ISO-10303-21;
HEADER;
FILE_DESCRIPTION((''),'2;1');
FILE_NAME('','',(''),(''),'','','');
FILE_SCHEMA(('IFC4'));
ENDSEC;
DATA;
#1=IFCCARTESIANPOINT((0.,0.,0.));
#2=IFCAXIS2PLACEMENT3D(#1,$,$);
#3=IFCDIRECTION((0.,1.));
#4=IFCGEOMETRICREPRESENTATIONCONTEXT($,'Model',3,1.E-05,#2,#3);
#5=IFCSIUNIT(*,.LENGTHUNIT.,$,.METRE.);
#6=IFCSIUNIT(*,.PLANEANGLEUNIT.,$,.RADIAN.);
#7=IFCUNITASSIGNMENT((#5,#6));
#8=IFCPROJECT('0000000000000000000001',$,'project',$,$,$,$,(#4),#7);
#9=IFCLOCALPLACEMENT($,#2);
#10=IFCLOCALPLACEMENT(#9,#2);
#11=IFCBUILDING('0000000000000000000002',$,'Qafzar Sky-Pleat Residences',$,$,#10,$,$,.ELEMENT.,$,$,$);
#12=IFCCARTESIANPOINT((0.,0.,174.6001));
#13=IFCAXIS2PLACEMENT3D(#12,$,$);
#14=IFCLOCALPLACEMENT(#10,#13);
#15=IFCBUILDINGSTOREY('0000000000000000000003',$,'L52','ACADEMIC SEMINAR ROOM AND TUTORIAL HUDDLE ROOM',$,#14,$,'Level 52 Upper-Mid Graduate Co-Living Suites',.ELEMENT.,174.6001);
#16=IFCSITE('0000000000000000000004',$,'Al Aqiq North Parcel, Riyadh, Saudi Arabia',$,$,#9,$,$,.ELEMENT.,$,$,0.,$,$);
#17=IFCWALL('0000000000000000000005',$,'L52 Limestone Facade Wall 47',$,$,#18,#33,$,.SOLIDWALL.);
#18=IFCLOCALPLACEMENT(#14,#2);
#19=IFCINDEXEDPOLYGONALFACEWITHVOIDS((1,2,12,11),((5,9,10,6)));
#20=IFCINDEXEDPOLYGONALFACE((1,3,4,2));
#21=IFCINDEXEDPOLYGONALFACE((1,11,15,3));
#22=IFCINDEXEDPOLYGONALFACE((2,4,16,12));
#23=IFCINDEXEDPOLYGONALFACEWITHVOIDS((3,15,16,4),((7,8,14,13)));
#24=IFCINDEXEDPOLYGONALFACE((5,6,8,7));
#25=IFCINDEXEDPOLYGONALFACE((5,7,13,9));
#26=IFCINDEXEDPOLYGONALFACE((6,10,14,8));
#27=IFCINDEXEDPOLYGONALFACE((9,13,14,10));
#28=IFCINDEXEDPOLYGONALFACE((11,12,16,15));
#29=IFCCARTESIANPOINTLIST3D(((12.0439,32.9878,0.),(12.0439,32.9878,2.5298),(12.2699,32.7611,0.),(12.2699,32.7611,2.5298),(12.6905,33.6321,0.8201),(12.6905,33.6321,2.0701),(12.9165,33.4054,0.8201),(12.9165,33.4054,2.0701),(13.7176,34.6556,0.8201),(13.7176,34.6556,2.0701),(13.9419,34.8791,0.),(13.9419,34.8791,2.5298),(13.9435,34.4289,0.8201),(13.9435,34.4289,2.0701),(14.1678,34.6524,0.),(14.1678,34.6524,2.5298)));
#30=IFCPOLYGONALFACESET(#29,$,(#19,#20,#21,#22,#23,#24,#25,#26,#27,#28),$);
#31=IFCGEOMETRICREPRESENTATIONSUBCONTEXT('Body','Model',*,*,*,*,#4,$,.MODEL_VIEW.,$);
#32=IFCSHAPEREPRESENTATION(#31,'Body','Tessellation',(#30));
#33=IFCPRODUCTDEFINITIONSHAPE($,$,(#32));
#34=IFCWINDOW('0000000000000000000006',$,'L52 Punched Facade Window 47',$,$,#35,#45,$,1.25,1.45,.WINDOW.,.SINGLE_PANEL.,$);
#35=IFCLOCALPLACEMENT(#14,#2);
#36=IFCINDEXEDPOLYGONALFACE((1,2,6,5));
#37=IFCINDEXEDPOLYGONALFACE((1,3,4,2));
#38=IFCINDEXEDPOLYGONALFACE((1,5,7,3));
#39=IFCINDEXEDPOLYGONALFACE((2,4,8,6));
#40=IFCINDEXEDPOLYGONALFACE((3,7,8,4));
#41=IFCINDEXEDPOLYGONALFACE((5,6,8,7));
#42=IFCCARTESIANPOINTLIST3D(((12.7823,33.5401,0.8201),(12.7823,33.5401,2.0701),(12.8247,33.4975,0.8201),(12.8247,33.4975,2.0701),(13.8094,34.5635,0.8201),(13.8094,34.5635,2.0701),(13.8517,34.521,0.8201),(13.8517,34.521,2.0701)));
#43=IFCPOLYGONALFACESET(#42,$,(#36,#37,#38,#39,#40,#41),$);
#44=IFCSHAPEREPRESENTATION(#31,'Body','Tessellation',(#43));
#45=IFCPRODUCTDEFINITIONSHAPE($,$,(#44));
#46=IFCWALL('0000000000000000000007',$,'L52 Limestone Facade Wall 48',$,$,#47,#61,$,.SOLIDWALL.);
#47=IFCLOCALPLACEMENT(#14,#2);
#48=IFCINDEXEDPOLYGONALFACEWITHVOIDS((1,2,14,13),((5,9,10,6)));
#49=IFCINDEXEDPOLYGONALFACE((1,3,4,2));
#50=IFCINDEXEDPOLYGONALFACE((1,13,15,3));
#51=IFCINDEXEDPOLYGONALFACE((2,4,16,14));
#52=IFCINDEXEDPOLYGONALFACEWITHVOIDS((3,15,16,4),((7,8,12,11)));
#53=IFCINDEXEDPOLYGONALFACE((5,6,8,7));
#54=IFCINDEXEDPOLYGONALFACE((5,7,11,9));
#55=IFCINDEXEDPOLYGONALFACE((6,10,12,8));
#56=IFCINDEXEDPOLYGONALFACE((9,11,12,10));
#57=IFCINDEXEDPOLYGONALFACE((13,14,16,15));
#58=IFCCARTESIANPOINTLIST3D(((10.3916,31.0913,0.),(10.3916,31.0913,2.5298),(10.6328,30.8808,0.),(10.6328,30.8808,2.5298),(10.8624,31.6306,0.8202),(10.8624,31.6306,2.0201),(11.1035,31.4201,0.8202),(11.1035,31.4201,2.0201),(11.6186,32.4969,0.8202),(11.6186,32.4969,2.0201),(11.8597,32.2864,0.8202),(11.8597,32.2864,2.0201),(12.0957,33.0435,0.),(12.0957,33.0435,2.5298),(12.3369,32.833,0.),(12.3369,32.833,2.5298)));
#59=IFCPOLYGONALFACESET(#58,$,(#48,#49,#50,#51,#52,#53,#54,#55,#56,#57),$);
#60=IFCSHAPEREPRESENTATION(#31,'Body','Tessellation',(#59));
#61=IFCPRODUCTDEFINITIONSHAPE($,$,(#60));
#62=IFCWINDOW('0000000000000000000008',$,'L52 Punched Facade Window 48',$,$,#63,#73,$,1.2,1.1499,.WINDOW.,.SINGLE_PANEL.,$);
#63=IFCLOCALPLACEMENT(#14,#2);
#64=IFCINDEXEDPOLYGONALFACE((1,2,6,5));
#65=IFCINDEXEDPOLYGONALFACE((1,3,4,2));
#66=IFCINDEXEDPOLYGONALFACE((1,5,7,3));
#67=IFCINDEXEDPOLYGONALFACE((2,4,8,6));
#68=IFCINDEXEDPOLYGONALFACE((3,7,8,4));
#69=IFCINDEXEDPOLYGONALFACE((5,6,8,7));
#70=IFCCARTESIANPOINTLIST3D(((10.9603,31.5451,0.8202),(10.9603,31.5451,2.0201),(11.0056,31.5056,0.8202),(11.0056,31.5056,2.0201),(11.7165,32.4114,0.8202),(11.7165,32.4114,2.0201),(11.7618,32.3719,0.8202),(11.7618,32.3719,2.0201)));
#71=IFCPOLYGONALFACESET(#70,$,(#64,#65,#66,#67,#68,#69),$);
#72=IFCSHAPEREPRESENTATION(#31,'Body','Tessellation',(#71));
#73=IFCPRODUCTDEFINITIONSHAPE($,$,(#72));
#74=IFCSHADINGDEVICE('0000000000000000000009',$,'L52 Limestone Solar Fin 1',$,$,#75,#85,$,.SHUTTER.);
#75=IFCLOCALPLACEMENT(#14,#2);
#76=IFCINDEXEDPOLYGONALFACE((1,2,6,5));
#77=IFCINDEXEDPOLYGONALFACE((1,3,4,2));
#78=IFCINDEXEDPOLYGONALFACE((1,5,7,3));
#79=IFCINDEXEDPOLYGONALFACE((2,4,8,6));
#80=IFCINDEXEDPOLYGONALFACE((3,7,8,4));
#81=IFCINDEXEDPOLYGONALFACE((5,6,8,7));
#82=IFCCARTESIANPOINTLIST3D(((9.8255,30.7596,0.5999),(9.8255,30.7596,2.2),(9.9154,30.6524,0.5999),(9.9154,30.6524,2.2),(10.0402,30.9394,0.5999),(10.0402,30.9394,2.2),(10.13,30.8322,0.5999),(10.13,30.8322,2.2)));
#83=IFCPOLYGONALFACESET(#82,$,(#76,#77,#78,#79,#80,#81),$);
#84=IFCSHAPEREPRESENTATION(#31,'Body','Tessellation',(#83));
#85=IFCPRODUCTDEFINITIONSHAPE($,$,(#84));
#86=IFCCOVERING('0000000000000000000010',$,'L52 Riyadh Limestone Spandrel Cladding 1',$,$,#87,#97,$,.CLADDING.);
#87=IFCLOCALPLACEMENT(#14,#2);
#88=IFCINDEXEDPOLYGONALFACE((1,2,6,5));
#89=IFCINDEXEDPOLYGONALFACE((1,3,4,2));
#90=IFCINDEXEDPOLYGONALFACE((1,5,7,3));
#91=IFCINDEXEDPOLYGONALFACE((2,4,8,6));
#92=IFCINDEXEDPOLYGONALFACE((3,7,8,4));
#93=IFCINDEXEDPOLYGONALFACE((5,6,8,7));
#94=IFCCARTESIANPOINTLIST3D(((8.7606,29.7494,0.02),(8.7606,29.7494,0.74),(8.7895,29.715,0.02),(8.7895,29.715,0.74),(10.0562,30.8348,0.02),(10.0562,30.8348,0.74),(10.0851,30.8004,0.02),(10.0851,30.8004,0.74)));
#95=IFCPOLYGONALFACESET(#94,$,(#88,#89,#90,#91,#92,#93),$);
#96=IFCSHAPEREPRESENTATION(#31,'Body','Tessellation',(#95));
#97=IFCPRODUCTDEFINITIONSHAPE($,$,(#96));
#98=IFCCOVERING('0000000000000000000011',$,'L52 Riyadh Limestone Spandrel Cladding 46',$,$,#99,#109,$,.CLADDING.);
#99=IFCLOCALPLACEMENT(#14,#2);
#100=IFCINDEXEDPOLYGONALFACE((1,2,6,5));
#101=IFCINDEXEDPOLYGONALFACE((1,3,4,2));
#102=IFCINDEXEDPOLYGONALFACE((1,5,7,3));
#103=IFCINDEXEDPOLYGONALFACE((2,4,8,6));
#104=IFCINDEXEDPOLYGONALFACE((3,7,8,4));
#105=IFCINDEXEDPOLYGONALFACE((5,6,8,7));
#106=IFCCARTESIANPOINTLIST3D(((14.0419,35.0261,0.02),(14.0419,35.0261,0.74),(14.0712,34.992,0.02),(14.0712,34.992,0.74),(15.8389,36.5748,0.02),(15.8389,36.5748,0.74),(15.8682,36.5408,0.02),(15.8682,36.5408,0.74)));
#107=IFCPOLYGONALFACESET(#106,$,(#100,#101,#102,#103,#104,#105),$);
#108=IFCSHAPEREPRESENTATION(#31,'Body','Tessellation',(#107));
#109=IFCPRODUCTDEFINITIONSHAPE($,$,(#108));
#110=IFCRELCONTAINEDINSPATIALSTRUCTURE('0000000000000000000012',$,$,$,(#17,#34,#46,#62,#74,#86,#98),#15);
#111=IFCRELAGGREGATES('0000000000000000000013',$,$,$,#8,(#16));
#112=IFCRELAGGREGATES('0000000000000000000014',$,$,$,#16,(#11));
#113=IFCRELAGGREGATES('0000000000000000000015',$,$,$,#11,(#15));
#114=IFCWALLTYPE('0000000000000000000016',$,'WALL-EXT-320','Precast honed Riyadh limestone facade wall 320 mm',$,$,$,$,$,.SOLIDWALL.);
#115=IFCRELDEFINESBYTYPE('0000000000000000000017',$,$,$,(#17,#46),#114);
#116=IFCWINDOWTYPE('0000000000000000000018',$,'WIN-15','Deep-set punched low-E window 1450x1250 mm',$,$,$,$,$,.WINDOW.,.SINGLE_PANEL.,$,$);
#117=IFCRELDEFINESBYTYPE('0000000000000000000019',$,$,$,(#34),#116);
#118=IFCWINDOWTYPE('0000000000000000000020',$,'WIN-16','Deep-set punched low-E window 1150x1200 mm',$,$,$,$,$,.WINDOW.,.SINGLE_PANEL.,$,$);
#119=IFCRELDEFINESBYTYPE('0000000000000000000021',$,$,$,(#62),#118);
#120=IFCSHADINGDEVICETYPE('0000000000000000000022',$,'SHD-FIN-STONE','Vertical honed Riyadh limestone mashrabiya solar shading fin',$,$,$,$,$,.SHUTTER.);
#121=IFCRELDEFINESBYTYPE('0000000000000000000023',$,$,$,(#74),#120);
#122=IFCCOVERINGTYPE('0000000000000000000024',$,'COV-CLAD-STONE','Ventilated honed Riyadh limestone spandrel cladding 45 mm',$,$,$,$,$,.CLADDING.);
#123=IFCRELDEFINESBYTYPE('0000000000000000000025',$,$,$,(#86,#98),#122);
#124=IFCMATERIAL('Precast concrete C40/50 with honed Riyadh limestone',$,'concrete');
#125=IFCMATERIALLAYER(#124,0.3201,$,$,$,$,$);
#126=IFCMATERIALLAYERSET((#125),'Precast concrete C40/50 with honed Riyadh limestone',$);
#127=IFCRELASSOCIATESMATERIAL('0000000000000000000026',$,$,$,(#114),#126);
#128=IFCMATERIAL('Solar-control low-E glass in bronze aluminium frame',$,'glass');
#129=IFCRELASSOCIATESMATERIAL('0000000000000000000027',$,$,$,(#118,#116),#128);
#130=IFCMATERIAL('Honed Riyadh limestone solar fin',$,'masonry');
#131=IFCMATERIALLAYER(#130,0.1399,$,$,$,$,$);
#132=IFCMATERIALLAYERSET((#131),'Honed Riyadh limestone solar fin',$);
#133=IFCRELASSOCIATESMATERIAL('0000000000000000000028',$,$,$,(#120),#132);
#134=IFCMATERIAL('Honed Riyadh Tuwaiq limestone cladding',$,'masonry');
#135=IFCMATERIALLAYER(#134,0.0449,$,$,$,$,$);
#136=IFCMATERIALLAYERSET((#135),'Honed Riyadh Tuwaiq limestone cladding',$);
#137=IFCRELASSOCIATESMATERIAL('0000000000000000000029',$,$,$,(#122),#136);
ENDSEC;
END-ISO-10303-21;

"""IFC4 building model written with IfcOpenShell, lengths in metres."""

from ifc_helpers import new_model, si_unit, direction, frame, frame_2d, origin, origin_2d, place, context, subcontext, project, spatial, rectangle, extrude, source, transform, mapped, material, layer, layer_set, type_object, element, fill, save


model = new_model("IFC4")

# Units and contexts
model_context = context("Model", 3, precision=1e-05, world=origin(), true_north=direction((0.0, 1.0)))
body_context = subcontext(model_context, "Body", "Model", "MODEL_VIEW")
ifc_project = project(units=[si_unit("LENGTHUNIT", "METRE"), si_unit("PLANEANGLEUNIT", "RADIAN")], contexts=[model_context])

# Site, building, storey
site_placement = place(None, origin())
site = spatial("IfcSite", under=ifc_project, at=site_placement, Name="Al Aqiq North Parcel, Riyadh, Saudi Arabia", CompositionType="ELEMENT", RefElevation=0.0)
building_placement = place(site_placement, origin())
building = spatial("IfcBuilding", under=site, at=building_placement, Name="Qafzar Sky-Pleat Residences", CompositionType="ELEMENT")
storey_placement = place(building_placement, frame((0.0, 0.0, 174.6001)))
storey = spatial("IfcBuildingStorey", under=building, at=storey_placement, Name="L52", Description="ACADEMIC SEMINAR ROOM AND TUTORIAL HUDDLE ROOM", LongName="Level 52 Upper-Mid Graduate Co-Living Suites", CompositionType="ELEMENT", Elevation=174.6001)

# Walls, openings, windows
ifc_material_1 = material(Name="Precast concrete C40/50 with honed Riyadh limestone", Category="concrete")
ifc_layer_1 = layer(ifc_material_1, 0.3201)
ifc_layer_set_1 = layer_set([ifc_layer_1], Name="Precast concrete C40/50 with honed Riyadh limestone")
wall_type_1 = type_object("IfcWallType", Name="WALL-EXT-320", Description="Precast honed Riyadh limestone facade wall 320 mm", PredefinedType="SOLIDWALL", material=ifc_layer_set_1)
ifc_material_2 = material(Name="Solar-control low-E glass in bronze aluminium frame", Category="glass")
window_type_1 = type_object("IfcWindowType", Name="WIN-16", Description="Deep-set punched low-E window 1150x1200 mm", PartitioningType="SINGLE_PANEL", PredefinedType="WINDOW", material=ifc_material_2)
shared_shape_1 = source(origin(), body_context, "Body", "SweptSolid", [
    extrude(rectangle(XDim=1.1499, YDim=1.2, at=frame_2d((0.575, 0.6001))), frame((0.0, 0.03, 0.0), z_axis=(0.0, -1.0, 0.0), x_axis=(1.0, 0.0, 0.0)), (0.0, 0.0, 1.0), 0.0601),
])
window_type_2 = type_object("IfcWindowType", Name="WIN-15", Description="Deep-set punched low-E window 1450x1250 mm", PartitioningType="SINGLE_PANEL", PredefinedType="WINDOW", material=ifc_material_2)
shared_shape_2 = source(origin(), body_context, "Body", "SweptSolid", [
    extrude(rectangle(XDim=1.45, YDim=1.25, at=frame_2d((0.7251, 0.625))), frame((0.0, 0.03, 0.0), z_axis=(0.0, -1.0, 0.0), x_axis=(1.0, 0.0, 0.0)), (0.0, 0.0, 1.0), 0.0601),
])
wall_1_placement = place(storey_placement, frame((14.0549, 34.7659, 0.0), z_axis=(0.0, 0.0, 1.0), x_axis=(-0.708336, -0.705876, 0.0)))
wall_1 = element("IfcWall", 1, at=wall_1_placement, inside=storey, type_object=wall_type_1, Name="L52 Limestone Facade Wall 47", PredefinedType="SOLIDWALL", context=body_context, shape_type="SweptSolid", body=[
    extrude(rectangle(XDim=2.6794, YDim=0.3201, at=frame_2d((1.3398, 0.0))), origin(), (0.0, 0.0, 1.0), 2.5298),
])
opening_1_placement = place(wall_1_placement, frame((0.3167, 0.0, 0.8201)))
opening_1 = element("IfcOpeningElement", 2, at=opening_1_placement, cuts=wall_1, PredefinedType="OPENING", context=body_context, shape_type="SweptSolid", body=[
    extrude(rectangle(XDim=1.45, YDim=1.25, at=frame_2d((0.7251, 0.625))), frame((0.0, 0.1699, 0.0), z_axis=(0.0, -1.0, 0.0), x_axis=(1.0, 0.0, 0.0)), (0.0, 0.0, 1.0), 0.3401),
])
window_1_placement = place(opening_1_placement, origin())
window_1 = element("IfcWindow", 3, at=window_1_placement, inside=storey, type_object=window_type_2, Name="L52 Punched Facade Window 47", OverallHeight=1.25, OverallWidth=1.45, PartitioningType="SINGLE_PANEL", PredefinedType="WINDOW", context=body_context, shape_type="MappedRepresentation", body=[
    mapped(shared_shape_2, transform((0.0, 0.0, 0.0), x_axis=(1.0, 0.0, 0.0), y_axis=(0.0, 1.0, 0.0), z_axis=(0.0, 0.0, 1.0), scale=1.0)),
])
fill(opening_1, window_1)
wall_2_placement = place(storey_placement, frame((12.2163, 32.9382, 0.0), z_axis=(0.0, 0.0, 1.0), x_axis=(-0.657624, -0.753347, 0.0)))
wall_2 = element("IfcWall", 4, at=wall_2_placement, inside=storey, type_object=wall_type_1, Name="L52 Limestone Facade Wall 48", PredefinedType="SOLIDWALL", context=body_context, shape_type="SweptSolid", body=[
    extrude(rectangle(XDim=2.5913, YDim=0.3201, at=frame_2d((1.2957, 0.0))), origin(), (0.0, 0.0, 1.0), 2.5298),
])
opening_2_placement = place(wall_2_placement, frame((0.7256, 0.0, 0.8201)))
opening_2 = element("IfcOpeningElement", 5, at=opening_2_placement, cuts=wall_2, PredefinedType="OPENING", context=body_context, shape_type="SweptSolid", body=[
    extrude(rectangle(XDim=1.1499, YDim=1.2, at=frame_2d((0.575, 0.6001))), frame((0.0, 0.1699, 0.0), z_axis=(0.0, -1.0, 0.0), x_axis=(1.0, 0.0, 0.0)), (0.0, 0.0, 1.0), 0.3401),
])
window_2_placement = place(opening_2_placement, origin())
window_2 = element("IfcWindow", 6, at=window_2_placement, inside=storey, type_object=window_type_1, Name="L52 Punched Facade Window 48", OverallHeight=1.2, OverallWidth=1.1499, PartitioningType="SINGLE_PANEL", PredefinedType="WINDOW", context=body_context, shape_type="MappedRepresentation", body=[
    mapped(shared_shape_1, transform((0.0, 0.0, 0.0), x_axis=(1.0, 0.0, 0.0), y_axis=(0.0, 1.0, 0.0), z_axis=(0.0, 0.0, 1.0), scale=1.0)),
])
fill(opening_2, window_2)

# Shading device
ifc_material_3 = material(Name="Honed Riyadh limestone solar fin", Category="masonry")
ifc_layer_2 = layer(ifc_material_3, 0.1399)
ifc_layer_set_2 = layer_set([ifc_layer_2], Name="Honed Riyadh limestone solar fin")
shading_device_type = type_object("IfcShadingDeviceType", Name="SHD-FIN-STONE", Description="Vertical honed Riyadh limestone mashrabiya solar shading fin", PredefinedType="SHUTTER", material=ifc_layer_set_2)
shared_shape_3 = source(origin(), body_context, "Body", "SweptSolid", [
    extrude(rectangle(XDim=0.1399, YDim=0.28, at=origin_2d()), origin(), (0.0, 0.0, 1.0), 1.6001),
])
shading_device_placement = place(storey_placement, frame((9.9778, 30.7959, 0.5999), z_axis=(0.0, 0.0, 1.0), x_axis=(-0.642174, 0.766559, 0.0)))
element("IfcShadingDevice", 7, at=shading_device_placement, inside=storey, type_object=shading_device_type, Name="L52 Limestone Solar Fin 1", PredefinedType="SHUTTER", context=body_context, shape_type="MappedRepresentation", body=[
    mapped(shared_shape_3, transform((0.0, 0.0, 0.0), x_axis=(1.0, 0.0, 0.0), y_axis=(0.0, 1.0, 0.0), z_axis=(0.0, 0.0, 1.0), scale=1.0)),
])

# Coverings
ifc_material_4 = material(Name="Honed Riyadh Tuwaiq limestone cladding", Category="masonry")
ifc_layer_3 = layer(ifc_material_4, 0.0449)
ifc_layer_set_3 = layer_set([ifc_layer_3], Name="Honed Riyadh Tuwaiq limestone cladding")
covering_type = type_object("IfcCoveringType", Name="COV-CLAD-STONE", Description="Ventilated honed Riyadh limestone spandrel cladding 45 mm", PredefinedType="CLADDING", material=ifc_layer_set_3)
shared_shape_4 = source(origin(), body_context, "Body", "SweptSolid", [
    extrude(rectangle(XDim=1.6902, YDim=0.0449, at=origin_2d()), origin(), (0.0, 0.0, 1.0), 0.72),
])
covering_1_placement = place(storey_placement, frame((9.4229, 30.2749, 0.02), z_axis=(0.0, 0.0, 1.0), x_axis=(-0.766556, -0.642178, 0.0)))
element("IfcCovering", 8, at=covering_1_placement, inside=storey, type_object=covering_type, Name="L52 Riyadh Limestone Spandrel Cladding 1", PredefinedType="CLADDING", context=body_context, shape_type="MappedRepresentation", body=[
    mapped(shared_shape_4, transform((0.0, 0.0, 0.0), x_axis=(1.0, 0.0, 0.0), y_axis=(0.0, 1.0, 0.0), z_axis=(0.0, 0.0, 1.0), scale=1.0)),
])
shared_shape_5 = source(origin(), body_context, "Body", "SweptSolid", [
    extrude(rectangle(XDim=2.3723, YDim=0.0449, at=origin_2d()), origin(), (0.0, 0.0, 1.0), 0.72),
])
covering_2_placement = place(storey_placement, frame((14.9551, 35.7834, 0.02), z_axis=(0.0, 0.0, 1.0), x_axis=(-0.757486, -0.652851, 0.0)))
element("IfcCovering", 9, at=covering_2_placement, inside=storey, type_object=covering_type, Name="L52 Riyadh Limestone Spandrel Cladding 46", PredefinedType="CLADDING", context=body_context, shape_type="MappedRepresentation", body=[
    mapped(shared_shape_5, transform((0.0, 0.0, 0.0), x_axis=(1.0, 0.0, 0.0), y_axis=(0.0, 1.0, 0.0), z_axis=(0.0, 0.0, 1.0), scale=1.0)),
])

save(model, "model.ifc")
